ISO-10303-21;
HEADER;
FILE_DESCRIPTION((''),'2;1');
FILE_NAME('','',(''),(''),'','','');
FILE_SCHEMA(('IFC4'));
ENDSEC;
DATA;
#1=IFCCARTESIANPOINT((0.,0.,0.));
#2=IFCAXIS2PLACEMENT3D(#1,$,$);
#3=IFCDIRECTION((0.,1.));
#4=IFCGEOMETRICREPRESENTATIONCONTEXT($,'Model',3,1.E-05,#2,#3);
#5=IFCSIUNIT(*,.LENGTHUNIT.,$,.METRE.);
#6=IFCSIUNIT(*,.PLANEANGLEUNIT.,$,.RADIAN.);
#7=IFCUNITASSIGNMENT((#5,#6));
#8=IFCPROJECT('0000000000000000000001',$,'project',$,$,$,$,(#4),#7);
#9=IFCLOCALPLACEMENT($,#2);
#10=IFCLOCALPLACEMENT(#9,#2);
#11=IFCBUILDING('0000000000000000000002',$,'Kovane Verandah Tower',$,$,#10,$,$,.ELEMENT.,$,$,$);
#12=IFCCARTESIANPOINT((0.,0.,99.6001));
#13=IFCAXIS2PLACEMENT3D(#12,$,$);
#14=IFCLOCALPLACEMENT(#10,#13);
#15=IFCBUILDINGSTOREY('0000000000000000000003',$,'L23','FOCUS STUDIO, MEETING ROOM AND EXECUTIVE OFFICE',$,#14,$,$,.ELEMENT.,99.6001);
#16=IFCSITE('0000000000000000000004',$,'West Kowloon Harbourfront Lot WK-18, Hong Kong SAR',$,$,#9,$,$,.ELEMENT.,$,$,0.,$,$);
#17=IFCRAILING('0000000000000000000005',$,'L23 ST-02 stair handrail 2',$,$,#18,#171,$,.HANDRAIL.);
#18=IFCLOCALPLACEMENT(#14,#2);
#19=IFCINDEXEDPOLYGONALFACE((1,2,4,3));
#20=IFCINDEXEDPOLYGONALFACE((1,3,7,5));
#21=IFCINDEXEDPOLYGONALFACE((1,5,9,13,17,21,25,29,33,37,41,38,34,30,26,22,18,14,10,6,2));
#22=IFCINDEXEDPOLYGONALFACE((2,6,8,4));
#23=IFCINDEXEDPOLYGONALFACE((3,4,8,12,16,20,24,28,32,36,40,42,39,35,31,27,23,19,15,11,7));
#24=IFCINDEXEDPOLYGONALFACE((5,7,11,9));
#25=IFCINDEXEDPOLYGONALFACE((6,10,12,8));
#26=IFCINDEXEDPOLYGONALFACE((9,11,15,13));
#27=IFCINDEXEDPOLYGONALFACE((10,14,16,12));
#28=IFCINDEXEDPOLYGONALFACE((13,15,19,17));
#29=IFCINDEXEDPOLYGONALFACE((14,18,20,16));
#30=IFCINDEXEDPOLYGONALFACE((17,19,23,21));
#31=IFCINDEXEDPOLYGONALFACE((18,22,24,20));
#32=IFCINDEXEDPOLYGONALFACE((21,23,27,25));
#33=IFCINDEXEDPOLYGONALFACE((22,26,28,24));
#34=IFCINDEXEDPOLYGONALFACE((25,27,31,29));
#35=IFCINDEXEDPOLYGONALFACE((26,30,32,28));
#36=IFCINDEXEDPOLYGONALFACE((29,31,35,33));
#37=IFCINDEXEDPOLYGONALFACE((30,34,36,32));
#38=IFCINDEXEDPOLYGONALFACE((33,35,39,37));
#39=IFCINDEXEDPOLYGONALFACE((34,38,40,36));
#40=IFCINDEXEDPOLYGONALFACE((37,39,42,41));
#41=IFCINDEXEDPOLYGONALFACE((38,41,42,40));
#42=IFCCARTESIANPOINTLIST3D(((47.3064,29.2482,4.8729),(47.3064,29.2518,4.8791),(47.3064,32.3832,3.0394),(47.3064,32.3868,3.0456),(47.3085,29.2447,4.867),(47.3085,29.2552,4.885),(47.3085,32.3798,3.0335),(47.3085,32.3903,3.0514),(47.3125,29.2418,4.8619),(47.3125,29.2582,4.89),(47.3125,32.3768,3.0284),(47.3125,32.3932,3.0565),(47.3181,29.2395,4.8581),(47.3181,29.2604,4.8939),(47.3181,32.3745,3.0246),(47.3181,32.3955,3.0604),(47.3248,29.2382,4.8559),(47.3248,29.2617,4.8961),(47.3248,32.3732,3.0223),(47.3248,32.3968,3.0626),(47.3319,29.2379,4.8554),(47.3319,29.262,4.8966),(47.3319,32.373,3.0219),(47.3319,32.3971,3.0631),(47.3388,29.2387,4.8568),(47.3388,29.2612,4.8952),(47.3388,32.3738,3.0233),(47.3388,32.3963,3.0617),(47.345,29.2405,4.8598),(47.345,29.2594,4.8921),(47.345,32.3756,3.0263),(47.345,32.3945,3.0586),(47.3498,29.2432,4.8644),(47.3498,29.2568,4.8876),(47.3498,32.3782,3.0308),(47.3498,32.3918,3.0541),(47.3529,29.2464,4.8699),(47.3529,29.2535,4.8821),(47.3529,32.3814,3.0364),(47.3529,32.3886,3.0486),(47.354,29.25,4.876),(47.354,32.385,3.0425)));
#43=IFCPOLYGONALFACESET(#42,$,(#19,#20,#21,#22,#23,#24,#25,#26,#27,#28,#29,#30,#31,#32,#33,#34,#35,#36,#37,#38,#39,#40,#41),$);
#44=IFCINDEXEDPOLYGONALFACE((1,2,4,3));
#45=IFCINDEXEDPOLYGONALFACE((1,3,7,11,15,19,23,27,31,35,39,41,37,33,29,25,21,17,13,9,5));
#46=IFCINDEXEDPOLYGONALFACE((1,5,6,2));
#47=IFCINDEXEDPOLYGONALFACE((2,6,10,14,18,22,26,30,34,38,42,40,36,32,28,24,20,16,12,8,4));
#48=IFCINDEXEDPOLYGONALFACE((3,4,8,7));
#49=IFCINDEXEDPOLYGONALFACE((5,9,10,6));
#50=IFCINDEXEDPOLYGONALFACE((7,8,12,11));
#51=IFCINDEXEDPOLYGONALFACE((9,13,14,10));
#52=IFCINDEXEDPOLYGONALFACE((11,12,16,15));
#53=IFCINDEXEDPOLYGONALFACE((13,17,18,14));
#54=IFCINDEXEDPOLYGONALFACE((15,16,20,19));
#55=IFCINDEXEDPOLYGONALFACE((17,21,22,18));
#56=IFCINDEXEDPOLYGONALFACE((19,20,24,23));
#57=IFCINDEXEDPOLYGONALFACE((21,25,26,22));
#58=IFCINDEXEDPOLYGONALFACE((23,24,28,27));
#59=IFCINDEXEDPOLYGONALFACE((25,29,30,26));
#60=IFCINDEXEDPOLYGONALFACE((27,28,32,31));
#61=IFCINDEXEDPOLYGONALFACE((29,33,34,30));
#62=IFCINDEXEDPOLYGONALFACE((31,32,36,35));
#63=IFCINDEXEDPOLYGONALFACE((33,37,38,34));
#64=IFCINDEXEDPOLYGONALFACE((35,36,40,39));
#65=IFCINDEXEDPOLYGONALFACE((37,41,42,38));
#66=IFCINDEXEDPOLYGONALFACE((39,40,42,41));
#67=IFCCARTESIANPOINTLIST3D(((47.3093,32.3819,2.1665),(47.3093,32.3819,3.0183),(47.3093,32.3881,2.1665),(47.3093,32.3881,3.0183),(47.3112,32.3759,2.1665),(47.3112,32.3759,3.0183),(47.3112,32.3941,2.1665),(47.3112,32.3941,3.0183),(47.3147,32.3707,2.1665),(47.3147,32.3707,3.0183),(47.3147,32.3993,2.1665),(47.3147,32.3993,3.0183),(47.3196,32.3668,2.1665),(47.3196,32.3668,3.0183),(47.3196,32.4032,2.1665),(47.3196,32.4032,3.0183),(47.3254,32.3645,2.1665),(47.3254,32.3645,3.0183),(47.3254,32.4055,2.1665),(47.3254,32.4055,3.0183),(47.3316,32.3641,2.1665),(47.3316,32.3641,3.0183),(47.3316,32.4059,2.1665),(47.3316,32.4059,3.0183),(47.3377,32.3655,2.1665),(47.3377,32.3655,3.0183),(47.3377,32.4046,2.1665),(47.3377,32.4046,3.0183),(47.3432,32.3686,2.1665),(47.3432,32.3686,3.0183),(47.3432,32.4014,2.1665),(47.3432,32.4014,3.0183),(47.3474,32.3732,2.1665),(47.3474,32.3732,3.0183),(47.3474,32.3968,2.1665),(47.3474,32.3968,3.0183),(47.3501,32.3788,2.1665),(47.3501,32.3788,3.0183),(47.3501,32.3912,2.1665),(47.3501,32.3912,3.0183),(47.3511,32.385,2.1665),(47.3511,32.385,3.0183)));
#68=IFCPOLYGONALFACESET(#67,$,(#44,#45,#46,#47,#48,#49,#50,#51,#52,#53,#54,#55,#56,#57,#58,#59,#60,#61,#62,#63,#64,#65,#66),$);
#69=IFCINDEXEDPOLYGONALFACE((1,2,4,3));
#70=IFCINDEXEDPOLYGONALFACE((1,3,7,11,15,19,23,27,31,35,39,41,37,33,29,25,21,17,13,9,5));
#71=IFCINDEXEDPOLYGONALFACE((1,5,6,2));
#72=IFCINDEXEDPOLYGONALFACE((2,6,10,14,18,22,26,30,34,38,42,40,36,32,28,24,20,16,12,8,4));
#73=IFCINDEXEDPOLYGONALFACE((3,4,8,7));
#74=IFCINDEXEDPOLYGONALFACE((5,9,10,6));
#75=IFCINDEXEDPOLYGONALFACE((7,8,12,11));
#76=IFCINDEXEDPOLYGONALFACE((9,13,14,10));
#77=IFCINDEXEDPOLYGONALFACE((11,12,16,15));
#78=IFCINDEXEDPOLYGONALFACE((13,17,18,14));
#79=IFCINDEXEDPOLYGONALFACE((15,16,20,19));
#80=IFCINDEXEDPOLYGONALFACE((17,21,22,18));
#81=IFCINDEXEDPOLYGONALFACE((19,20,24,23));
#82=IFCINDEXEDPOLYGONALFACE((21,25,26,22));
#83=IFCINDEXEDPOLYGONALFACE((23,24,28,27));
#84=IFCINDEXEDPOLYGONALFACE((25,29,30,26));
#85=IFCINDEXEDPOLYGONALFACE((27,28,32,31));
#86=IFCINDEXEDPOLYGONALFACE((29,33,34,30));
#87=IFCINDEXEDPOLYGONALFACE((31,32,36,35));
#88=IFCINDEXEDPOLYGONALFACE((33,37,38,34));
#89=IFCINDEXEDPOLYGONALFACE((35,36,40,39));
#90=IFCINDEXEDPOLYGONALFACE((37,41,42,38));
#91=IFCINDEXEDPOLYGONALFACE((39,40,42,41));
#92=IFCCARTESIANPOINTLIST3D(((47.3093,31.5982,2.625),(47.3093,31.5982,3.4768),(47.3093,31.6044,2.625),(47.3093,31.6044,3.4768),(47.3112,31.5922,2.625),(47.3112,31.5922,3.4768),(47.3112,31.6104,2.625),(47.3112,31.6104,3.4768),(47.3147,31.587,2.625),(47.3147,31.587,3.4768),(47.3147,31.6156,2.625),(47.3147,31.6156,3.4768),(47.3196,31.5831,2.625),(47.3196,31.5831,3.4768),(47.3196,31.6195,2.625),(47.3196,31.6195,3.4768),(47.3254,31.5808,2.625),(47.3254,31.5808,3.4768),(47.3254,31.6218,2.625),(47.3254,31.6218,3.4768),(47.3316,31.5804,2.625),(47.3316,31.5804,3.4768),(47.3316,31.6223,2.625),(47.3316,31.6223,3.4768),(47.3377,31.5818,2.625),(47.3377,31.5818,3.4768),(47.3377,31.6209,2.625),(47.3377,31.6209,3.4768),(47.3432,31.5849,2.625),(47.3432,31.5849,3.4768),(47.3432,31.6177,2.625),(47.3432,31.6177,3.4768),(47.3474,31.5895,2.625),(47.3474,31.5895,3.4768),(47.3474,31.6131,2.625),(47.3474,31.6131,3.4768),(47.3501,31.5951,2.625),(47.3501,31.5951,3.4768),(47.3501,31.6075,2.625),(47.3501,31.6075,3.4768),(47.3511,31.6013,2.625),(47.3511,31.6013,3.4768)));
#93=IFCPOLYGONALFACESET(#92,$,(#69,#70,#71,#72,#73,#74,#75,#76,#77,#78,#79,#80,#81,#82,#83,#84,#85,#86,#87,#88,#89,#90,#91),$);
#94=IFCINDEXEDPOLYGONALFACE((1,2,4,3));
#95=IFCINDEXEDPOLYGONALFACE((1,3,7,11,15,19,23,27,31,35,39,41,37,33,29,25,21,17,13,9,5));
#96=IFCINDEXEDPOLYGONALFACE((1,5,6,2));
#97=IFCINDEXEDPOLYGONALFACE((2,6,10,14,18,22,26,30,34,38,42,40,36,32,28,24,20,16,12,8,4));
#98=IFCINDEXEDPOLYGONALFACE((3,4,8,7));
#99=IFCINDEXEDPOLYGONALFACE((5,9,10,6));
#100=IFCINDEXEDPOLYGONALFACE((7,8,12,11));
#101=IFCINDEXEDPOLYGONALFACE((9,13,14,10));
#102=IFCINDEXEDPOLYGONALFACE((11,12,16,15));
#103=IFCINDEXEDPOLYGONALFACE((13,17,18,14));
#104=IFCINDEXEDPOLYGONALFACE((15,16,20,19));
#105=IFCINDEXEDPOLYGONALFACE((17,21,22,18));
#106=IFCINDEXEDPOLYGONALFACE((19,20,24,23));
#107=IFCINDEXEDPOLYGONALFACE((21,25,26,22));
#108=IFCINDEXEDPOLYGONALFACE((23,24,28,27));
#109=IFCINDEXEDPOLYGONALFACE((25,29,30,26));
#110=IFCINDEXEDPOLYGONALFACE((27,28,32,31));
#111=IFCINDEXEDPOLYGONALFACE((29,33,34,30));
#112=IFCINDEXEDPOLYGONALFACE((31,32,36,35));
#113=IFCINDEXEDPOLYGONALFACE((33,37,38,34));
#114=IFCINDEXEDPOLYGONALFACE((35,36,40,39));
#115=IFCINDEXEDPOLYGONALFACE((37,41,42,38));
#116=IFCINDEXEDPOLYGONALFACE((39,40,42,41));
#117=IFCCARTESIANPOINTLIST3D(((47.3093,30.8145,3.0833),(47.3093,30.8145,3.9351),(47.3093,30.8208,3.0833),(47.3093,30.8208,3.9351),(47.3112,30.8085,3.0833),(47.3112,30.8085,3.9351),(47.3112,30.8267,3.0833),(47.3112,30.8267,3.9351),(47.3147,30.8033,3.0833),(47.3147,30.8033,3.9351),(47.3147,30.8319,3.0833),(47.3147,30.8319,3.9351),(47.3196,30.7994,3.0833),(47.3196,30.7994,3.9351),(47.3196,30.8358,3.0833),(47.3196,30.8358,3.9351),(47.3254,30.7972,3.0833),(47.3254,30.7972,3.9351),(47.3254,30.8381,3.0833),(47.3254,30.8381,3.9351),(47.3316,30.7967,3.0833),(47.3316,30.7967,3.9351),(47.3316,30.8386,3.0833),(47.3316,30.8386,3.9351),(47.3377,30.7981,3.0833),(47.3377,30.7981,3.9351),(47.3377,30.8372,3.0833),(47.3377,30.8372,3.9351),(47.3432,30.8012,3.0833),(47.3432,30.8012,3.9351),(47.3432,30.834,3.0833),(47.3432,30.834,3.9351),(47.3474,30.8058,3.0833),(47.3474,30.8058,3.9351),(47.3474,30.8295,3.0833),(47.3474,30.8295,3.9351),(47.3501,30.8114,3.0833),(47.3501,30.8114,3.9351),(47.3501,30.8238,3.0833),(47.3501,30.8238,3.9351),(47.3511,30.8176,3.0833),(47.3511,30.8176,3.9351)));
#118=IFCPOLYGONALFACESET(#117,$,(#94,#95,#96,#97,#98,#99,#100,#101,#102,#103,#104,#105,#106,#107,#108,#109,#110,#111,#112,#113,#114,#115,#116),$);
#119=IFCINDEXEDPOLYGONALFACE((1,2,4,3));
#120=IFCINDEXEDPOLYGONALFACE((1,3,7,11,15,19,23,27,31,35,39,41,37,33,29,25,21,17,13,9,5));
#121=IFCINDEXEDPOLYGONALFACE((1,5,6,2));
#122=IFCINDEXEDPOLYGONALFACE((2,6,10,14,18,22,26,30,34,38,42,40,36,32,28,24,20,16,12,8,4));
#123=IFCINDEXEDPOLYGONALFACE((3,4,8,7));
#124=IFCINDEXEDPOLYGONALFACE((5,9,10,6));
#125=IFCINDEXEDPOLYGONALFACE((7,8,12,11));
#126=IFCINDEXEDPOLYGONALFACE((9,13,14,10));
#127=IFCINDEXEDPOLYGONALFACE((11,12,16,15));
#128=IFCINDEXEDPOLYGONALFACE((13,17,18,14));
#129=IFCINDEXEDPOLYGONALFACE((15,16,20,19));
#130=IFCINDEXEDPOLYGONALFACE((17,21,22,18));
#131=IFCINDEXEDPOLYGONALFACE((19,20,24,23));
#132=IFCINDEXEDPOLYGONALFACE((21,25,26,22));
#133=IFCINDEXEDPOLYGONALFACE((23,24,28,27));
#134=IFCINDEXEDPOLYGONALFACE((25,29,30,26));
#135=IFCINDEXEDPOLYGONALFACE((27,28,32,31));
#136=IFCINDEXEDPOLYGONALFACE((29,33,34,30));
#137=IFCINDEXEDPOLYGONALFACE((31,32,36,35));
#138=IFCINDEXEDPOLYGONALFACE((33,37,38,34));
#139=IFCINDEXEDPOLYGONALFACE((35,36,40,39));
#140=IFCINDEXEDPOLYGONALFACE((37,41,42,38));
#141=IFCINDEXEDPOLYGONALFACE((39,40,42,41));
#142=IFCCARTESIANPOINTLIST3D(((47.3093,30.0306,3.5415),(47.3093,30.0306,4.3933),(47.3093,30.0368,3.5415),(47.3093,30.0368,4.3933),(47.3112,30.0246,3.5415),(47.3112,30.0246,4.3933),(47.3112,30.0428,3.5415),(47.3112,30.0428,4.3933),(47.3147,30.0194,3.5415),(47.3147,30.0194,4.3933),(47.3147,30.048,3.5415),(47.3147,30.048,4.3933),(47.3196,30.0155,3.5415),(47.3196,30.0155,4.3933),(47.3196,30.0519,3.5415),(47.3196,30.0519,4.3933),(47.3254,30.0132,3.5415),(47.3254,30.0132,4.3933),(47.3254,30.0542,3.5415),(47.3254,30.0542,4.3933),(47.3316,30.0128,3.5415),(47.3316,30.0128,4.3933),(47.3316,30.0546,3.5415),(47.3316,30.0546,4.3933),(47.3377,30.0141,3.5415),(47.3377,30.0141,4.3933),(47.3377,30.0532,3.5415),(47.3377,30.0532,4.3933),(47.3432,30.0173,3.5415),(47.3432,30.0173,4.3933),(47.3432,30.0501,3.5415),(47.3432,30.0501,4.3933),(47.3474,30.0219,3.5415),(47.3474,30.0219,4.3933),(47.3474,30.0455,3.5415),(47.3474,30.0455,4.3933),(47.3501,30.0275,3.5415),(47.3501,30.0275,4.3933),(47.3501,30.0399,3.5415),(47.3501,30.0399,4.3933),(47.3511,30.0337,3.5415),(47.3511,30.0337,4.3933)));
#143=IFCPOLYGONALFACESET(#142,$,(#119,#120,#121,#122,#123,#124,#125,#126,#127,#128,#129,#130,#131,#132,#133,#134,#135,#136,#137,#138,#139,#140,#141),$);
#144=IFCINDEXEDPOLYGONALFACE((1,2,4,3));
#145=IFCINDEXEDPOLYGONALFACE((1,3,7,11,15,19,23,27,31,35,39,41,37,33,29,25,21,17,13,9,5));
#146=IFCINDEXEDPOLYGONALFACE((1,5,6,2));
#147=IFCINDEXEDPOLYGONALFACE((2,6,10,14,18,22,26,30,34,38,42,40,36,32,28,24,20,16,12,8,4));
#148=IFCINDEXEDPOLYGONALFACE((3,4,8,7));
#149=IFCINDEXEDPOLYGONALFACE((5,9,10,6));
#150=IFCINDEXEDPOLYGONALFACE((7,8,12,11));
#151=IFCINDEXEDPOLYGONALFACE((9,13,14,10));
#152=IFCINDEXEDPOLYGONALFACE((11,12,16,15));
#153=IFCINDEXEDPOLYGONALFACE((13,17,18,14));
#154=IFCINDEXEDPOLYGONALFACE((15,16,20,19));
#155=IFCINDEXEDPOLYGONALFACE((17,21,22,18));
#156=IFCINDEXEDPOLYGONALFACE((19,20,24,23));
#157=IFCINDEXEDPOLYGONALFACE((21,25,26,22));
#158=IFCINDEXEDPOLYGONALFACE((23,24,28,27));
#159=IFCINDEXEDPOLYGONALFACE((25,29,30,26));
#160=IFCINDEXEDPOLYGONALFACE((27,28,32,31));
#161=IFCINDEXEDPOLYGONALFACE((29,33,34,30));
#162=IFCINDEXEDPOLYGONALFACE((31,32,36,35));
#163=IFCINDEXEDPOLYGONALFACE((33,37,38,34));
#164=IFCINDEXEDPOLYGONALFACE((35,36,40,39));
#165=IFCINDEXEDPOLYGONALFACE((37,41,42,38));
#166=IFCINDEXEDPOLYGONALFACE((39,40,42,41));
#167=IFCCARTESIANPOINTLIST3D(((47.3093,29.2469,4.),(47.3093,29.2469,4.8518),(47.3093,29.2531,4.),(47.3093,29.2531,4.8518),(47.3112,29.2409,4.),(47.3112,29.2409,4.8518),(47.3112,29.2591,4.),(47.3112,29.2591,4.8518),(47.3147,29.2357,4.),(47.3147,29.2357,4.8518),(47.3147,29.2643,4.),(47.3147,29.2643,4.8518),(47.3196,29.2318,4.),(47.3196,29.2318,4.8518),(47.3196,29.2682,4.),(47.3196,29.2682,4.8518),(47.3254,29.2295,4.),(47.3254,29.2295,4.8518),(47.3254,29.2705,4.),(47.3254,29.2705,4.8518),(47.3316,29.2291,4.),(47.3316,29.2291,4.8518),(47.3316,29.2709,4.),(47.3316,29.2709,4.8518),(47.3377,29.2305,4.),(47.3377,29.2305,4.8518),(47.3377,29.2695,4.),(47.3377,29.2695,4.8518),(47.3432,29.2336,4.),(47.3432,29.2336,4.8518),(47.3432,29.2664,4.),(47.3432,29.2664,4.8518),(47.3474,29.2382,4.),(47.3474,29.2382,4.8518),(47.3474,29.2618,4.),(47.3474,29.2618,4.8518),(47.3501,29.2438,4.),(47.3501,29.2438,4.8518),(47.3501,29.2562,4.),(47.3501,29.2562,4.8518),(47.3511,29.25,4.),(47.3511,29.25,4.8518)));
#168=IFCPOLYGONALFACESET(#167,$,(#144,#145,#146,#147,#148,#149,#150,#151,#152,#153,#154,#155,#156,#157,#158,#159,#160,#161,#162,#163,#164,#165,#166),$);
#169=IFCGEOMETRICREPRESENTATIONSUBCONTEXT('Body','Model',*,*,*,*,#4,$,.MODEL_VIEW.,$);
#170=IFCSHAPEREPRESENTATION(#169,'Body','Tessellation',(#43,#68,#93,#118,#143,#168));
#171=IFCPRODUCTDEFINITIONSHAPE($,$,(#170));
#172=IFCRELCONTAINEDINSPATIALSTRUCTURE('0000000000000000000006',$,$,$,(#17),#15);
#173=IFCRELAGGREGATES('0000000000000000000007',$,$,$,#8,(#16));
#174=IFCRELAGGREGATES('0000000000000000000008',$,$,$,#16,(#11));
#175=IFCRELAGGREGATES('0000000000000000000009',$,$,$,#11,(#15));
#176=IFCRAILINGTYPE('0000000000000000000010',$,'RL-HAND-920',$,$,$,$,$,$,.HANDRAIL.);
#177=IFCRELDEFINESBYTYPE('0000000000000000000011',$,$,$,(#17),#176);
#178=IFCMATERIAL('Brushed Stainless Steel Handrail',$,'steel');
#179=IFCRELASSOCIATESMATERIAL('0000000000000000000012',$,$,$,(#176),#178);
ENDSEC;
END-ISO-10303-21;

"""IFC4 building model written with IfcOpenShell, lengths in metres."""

from ifc_helpers import new_model, si_unit, direction, frame, origin, origin_2d, place, context, subcontext, project, spatial, circle, extrude, material, type_object, element, save


model = new_model("IFC4")

# Units and contexts
model_context = context("Model", 3, precision=1e-05, world=origin(), true_north=direction((0.0, 1.0)))
body_context = subcontext(model_context, "Body", "Model", "MODEL_VIEW")
ifc_project = project(units=[si_unit("LENGTHUNIT", "METRE"), si_unit("PLANEANGLEUNIT", "RADIAN")], contexts=[model_context])

# Site, building, storey
site_placement = place(None, origin())
site = spatial("IfcSite", under=ifc_project, at=site_placement, Name="West Kowloon Harbourfront Lot WK-18, Hong Kong SAR", CompositionType="ELEMENT", RefElevation=0.0)
building_placement = place(site_placement, origin())
building = spatial("IfcBuilding", under=site, at=building_placement, Name="Kovane Verandah Tower", CompositionType="ELEMENT")
storey_placement = place(building_placement, frame((0.0, 0.0, 99.6001)))
storey = spatial("IfcBuildingStorey", under=building, at=storey_placement, Name="L23", Description="FOCUS STUDIO, MEETING ROOM AND EXECUTIVE OFFICE", CompositionType="ELEMENT", Elevation=99.6001)

# Railing
ifc_material_1 = material(Name="Brushed Stainless Steel Handrail", Category="steel")
railing_type_1 = type_object("IfcRailingType", Name="RL-HAND-920", PredefinedType="HANDRAIL", material=ifc_material_1)
railing_1_placement = place(storey_placement, frame((47.3301, 32.385, 2.1665)))
element("IfcRailing", 1, at=railing_1_placement, inside=storey, type_object=railing_type_1, Name="L23 ST-02 stair handrail 2", PredefinedType="HANDRAIL", context=body_context, shape_type="SweptSolid", body=[
    extrude(circle(Radius=0.0239, at=origin_2d()), frame((0.0, 0.0, 0.876), z_axis=(0.0, -0.86321, 0.504845), x_axis=(1.0, 0.0, 0.0)), (0.0, 0.0, 1.0), 3.6318),
    extrude(circle(Radius=0.021, at=origin_2d()), origin(), (0.0, 0.0, 1.0), 0.8518),
    extrude(circle(Radius=0.021, at=origin_2d()), frame((0.0, -0.7837, 0.4585)), (0.0, 0.0, 1.0), 0.8518),
    extrude(circle(Radius=0.021, at=origin_2d()), frame((0.0, -1.5674, 0.9167)), (0.0, 0.0, 1.0), 0.8518),
    extrude(circle(Radius=0.021, at=origin_2d()), frame((0.0, -2.3513, 1.375)), (0.0, 0.0, 1.0), 0.8518),
    extrude(circle(Radius=0.021, at=origin_2d()), frame((0.0, -3.135, 1.8335)), (0.0, 0.0, 1.0), 0.8518),
])

save(model, "model.ifc")
